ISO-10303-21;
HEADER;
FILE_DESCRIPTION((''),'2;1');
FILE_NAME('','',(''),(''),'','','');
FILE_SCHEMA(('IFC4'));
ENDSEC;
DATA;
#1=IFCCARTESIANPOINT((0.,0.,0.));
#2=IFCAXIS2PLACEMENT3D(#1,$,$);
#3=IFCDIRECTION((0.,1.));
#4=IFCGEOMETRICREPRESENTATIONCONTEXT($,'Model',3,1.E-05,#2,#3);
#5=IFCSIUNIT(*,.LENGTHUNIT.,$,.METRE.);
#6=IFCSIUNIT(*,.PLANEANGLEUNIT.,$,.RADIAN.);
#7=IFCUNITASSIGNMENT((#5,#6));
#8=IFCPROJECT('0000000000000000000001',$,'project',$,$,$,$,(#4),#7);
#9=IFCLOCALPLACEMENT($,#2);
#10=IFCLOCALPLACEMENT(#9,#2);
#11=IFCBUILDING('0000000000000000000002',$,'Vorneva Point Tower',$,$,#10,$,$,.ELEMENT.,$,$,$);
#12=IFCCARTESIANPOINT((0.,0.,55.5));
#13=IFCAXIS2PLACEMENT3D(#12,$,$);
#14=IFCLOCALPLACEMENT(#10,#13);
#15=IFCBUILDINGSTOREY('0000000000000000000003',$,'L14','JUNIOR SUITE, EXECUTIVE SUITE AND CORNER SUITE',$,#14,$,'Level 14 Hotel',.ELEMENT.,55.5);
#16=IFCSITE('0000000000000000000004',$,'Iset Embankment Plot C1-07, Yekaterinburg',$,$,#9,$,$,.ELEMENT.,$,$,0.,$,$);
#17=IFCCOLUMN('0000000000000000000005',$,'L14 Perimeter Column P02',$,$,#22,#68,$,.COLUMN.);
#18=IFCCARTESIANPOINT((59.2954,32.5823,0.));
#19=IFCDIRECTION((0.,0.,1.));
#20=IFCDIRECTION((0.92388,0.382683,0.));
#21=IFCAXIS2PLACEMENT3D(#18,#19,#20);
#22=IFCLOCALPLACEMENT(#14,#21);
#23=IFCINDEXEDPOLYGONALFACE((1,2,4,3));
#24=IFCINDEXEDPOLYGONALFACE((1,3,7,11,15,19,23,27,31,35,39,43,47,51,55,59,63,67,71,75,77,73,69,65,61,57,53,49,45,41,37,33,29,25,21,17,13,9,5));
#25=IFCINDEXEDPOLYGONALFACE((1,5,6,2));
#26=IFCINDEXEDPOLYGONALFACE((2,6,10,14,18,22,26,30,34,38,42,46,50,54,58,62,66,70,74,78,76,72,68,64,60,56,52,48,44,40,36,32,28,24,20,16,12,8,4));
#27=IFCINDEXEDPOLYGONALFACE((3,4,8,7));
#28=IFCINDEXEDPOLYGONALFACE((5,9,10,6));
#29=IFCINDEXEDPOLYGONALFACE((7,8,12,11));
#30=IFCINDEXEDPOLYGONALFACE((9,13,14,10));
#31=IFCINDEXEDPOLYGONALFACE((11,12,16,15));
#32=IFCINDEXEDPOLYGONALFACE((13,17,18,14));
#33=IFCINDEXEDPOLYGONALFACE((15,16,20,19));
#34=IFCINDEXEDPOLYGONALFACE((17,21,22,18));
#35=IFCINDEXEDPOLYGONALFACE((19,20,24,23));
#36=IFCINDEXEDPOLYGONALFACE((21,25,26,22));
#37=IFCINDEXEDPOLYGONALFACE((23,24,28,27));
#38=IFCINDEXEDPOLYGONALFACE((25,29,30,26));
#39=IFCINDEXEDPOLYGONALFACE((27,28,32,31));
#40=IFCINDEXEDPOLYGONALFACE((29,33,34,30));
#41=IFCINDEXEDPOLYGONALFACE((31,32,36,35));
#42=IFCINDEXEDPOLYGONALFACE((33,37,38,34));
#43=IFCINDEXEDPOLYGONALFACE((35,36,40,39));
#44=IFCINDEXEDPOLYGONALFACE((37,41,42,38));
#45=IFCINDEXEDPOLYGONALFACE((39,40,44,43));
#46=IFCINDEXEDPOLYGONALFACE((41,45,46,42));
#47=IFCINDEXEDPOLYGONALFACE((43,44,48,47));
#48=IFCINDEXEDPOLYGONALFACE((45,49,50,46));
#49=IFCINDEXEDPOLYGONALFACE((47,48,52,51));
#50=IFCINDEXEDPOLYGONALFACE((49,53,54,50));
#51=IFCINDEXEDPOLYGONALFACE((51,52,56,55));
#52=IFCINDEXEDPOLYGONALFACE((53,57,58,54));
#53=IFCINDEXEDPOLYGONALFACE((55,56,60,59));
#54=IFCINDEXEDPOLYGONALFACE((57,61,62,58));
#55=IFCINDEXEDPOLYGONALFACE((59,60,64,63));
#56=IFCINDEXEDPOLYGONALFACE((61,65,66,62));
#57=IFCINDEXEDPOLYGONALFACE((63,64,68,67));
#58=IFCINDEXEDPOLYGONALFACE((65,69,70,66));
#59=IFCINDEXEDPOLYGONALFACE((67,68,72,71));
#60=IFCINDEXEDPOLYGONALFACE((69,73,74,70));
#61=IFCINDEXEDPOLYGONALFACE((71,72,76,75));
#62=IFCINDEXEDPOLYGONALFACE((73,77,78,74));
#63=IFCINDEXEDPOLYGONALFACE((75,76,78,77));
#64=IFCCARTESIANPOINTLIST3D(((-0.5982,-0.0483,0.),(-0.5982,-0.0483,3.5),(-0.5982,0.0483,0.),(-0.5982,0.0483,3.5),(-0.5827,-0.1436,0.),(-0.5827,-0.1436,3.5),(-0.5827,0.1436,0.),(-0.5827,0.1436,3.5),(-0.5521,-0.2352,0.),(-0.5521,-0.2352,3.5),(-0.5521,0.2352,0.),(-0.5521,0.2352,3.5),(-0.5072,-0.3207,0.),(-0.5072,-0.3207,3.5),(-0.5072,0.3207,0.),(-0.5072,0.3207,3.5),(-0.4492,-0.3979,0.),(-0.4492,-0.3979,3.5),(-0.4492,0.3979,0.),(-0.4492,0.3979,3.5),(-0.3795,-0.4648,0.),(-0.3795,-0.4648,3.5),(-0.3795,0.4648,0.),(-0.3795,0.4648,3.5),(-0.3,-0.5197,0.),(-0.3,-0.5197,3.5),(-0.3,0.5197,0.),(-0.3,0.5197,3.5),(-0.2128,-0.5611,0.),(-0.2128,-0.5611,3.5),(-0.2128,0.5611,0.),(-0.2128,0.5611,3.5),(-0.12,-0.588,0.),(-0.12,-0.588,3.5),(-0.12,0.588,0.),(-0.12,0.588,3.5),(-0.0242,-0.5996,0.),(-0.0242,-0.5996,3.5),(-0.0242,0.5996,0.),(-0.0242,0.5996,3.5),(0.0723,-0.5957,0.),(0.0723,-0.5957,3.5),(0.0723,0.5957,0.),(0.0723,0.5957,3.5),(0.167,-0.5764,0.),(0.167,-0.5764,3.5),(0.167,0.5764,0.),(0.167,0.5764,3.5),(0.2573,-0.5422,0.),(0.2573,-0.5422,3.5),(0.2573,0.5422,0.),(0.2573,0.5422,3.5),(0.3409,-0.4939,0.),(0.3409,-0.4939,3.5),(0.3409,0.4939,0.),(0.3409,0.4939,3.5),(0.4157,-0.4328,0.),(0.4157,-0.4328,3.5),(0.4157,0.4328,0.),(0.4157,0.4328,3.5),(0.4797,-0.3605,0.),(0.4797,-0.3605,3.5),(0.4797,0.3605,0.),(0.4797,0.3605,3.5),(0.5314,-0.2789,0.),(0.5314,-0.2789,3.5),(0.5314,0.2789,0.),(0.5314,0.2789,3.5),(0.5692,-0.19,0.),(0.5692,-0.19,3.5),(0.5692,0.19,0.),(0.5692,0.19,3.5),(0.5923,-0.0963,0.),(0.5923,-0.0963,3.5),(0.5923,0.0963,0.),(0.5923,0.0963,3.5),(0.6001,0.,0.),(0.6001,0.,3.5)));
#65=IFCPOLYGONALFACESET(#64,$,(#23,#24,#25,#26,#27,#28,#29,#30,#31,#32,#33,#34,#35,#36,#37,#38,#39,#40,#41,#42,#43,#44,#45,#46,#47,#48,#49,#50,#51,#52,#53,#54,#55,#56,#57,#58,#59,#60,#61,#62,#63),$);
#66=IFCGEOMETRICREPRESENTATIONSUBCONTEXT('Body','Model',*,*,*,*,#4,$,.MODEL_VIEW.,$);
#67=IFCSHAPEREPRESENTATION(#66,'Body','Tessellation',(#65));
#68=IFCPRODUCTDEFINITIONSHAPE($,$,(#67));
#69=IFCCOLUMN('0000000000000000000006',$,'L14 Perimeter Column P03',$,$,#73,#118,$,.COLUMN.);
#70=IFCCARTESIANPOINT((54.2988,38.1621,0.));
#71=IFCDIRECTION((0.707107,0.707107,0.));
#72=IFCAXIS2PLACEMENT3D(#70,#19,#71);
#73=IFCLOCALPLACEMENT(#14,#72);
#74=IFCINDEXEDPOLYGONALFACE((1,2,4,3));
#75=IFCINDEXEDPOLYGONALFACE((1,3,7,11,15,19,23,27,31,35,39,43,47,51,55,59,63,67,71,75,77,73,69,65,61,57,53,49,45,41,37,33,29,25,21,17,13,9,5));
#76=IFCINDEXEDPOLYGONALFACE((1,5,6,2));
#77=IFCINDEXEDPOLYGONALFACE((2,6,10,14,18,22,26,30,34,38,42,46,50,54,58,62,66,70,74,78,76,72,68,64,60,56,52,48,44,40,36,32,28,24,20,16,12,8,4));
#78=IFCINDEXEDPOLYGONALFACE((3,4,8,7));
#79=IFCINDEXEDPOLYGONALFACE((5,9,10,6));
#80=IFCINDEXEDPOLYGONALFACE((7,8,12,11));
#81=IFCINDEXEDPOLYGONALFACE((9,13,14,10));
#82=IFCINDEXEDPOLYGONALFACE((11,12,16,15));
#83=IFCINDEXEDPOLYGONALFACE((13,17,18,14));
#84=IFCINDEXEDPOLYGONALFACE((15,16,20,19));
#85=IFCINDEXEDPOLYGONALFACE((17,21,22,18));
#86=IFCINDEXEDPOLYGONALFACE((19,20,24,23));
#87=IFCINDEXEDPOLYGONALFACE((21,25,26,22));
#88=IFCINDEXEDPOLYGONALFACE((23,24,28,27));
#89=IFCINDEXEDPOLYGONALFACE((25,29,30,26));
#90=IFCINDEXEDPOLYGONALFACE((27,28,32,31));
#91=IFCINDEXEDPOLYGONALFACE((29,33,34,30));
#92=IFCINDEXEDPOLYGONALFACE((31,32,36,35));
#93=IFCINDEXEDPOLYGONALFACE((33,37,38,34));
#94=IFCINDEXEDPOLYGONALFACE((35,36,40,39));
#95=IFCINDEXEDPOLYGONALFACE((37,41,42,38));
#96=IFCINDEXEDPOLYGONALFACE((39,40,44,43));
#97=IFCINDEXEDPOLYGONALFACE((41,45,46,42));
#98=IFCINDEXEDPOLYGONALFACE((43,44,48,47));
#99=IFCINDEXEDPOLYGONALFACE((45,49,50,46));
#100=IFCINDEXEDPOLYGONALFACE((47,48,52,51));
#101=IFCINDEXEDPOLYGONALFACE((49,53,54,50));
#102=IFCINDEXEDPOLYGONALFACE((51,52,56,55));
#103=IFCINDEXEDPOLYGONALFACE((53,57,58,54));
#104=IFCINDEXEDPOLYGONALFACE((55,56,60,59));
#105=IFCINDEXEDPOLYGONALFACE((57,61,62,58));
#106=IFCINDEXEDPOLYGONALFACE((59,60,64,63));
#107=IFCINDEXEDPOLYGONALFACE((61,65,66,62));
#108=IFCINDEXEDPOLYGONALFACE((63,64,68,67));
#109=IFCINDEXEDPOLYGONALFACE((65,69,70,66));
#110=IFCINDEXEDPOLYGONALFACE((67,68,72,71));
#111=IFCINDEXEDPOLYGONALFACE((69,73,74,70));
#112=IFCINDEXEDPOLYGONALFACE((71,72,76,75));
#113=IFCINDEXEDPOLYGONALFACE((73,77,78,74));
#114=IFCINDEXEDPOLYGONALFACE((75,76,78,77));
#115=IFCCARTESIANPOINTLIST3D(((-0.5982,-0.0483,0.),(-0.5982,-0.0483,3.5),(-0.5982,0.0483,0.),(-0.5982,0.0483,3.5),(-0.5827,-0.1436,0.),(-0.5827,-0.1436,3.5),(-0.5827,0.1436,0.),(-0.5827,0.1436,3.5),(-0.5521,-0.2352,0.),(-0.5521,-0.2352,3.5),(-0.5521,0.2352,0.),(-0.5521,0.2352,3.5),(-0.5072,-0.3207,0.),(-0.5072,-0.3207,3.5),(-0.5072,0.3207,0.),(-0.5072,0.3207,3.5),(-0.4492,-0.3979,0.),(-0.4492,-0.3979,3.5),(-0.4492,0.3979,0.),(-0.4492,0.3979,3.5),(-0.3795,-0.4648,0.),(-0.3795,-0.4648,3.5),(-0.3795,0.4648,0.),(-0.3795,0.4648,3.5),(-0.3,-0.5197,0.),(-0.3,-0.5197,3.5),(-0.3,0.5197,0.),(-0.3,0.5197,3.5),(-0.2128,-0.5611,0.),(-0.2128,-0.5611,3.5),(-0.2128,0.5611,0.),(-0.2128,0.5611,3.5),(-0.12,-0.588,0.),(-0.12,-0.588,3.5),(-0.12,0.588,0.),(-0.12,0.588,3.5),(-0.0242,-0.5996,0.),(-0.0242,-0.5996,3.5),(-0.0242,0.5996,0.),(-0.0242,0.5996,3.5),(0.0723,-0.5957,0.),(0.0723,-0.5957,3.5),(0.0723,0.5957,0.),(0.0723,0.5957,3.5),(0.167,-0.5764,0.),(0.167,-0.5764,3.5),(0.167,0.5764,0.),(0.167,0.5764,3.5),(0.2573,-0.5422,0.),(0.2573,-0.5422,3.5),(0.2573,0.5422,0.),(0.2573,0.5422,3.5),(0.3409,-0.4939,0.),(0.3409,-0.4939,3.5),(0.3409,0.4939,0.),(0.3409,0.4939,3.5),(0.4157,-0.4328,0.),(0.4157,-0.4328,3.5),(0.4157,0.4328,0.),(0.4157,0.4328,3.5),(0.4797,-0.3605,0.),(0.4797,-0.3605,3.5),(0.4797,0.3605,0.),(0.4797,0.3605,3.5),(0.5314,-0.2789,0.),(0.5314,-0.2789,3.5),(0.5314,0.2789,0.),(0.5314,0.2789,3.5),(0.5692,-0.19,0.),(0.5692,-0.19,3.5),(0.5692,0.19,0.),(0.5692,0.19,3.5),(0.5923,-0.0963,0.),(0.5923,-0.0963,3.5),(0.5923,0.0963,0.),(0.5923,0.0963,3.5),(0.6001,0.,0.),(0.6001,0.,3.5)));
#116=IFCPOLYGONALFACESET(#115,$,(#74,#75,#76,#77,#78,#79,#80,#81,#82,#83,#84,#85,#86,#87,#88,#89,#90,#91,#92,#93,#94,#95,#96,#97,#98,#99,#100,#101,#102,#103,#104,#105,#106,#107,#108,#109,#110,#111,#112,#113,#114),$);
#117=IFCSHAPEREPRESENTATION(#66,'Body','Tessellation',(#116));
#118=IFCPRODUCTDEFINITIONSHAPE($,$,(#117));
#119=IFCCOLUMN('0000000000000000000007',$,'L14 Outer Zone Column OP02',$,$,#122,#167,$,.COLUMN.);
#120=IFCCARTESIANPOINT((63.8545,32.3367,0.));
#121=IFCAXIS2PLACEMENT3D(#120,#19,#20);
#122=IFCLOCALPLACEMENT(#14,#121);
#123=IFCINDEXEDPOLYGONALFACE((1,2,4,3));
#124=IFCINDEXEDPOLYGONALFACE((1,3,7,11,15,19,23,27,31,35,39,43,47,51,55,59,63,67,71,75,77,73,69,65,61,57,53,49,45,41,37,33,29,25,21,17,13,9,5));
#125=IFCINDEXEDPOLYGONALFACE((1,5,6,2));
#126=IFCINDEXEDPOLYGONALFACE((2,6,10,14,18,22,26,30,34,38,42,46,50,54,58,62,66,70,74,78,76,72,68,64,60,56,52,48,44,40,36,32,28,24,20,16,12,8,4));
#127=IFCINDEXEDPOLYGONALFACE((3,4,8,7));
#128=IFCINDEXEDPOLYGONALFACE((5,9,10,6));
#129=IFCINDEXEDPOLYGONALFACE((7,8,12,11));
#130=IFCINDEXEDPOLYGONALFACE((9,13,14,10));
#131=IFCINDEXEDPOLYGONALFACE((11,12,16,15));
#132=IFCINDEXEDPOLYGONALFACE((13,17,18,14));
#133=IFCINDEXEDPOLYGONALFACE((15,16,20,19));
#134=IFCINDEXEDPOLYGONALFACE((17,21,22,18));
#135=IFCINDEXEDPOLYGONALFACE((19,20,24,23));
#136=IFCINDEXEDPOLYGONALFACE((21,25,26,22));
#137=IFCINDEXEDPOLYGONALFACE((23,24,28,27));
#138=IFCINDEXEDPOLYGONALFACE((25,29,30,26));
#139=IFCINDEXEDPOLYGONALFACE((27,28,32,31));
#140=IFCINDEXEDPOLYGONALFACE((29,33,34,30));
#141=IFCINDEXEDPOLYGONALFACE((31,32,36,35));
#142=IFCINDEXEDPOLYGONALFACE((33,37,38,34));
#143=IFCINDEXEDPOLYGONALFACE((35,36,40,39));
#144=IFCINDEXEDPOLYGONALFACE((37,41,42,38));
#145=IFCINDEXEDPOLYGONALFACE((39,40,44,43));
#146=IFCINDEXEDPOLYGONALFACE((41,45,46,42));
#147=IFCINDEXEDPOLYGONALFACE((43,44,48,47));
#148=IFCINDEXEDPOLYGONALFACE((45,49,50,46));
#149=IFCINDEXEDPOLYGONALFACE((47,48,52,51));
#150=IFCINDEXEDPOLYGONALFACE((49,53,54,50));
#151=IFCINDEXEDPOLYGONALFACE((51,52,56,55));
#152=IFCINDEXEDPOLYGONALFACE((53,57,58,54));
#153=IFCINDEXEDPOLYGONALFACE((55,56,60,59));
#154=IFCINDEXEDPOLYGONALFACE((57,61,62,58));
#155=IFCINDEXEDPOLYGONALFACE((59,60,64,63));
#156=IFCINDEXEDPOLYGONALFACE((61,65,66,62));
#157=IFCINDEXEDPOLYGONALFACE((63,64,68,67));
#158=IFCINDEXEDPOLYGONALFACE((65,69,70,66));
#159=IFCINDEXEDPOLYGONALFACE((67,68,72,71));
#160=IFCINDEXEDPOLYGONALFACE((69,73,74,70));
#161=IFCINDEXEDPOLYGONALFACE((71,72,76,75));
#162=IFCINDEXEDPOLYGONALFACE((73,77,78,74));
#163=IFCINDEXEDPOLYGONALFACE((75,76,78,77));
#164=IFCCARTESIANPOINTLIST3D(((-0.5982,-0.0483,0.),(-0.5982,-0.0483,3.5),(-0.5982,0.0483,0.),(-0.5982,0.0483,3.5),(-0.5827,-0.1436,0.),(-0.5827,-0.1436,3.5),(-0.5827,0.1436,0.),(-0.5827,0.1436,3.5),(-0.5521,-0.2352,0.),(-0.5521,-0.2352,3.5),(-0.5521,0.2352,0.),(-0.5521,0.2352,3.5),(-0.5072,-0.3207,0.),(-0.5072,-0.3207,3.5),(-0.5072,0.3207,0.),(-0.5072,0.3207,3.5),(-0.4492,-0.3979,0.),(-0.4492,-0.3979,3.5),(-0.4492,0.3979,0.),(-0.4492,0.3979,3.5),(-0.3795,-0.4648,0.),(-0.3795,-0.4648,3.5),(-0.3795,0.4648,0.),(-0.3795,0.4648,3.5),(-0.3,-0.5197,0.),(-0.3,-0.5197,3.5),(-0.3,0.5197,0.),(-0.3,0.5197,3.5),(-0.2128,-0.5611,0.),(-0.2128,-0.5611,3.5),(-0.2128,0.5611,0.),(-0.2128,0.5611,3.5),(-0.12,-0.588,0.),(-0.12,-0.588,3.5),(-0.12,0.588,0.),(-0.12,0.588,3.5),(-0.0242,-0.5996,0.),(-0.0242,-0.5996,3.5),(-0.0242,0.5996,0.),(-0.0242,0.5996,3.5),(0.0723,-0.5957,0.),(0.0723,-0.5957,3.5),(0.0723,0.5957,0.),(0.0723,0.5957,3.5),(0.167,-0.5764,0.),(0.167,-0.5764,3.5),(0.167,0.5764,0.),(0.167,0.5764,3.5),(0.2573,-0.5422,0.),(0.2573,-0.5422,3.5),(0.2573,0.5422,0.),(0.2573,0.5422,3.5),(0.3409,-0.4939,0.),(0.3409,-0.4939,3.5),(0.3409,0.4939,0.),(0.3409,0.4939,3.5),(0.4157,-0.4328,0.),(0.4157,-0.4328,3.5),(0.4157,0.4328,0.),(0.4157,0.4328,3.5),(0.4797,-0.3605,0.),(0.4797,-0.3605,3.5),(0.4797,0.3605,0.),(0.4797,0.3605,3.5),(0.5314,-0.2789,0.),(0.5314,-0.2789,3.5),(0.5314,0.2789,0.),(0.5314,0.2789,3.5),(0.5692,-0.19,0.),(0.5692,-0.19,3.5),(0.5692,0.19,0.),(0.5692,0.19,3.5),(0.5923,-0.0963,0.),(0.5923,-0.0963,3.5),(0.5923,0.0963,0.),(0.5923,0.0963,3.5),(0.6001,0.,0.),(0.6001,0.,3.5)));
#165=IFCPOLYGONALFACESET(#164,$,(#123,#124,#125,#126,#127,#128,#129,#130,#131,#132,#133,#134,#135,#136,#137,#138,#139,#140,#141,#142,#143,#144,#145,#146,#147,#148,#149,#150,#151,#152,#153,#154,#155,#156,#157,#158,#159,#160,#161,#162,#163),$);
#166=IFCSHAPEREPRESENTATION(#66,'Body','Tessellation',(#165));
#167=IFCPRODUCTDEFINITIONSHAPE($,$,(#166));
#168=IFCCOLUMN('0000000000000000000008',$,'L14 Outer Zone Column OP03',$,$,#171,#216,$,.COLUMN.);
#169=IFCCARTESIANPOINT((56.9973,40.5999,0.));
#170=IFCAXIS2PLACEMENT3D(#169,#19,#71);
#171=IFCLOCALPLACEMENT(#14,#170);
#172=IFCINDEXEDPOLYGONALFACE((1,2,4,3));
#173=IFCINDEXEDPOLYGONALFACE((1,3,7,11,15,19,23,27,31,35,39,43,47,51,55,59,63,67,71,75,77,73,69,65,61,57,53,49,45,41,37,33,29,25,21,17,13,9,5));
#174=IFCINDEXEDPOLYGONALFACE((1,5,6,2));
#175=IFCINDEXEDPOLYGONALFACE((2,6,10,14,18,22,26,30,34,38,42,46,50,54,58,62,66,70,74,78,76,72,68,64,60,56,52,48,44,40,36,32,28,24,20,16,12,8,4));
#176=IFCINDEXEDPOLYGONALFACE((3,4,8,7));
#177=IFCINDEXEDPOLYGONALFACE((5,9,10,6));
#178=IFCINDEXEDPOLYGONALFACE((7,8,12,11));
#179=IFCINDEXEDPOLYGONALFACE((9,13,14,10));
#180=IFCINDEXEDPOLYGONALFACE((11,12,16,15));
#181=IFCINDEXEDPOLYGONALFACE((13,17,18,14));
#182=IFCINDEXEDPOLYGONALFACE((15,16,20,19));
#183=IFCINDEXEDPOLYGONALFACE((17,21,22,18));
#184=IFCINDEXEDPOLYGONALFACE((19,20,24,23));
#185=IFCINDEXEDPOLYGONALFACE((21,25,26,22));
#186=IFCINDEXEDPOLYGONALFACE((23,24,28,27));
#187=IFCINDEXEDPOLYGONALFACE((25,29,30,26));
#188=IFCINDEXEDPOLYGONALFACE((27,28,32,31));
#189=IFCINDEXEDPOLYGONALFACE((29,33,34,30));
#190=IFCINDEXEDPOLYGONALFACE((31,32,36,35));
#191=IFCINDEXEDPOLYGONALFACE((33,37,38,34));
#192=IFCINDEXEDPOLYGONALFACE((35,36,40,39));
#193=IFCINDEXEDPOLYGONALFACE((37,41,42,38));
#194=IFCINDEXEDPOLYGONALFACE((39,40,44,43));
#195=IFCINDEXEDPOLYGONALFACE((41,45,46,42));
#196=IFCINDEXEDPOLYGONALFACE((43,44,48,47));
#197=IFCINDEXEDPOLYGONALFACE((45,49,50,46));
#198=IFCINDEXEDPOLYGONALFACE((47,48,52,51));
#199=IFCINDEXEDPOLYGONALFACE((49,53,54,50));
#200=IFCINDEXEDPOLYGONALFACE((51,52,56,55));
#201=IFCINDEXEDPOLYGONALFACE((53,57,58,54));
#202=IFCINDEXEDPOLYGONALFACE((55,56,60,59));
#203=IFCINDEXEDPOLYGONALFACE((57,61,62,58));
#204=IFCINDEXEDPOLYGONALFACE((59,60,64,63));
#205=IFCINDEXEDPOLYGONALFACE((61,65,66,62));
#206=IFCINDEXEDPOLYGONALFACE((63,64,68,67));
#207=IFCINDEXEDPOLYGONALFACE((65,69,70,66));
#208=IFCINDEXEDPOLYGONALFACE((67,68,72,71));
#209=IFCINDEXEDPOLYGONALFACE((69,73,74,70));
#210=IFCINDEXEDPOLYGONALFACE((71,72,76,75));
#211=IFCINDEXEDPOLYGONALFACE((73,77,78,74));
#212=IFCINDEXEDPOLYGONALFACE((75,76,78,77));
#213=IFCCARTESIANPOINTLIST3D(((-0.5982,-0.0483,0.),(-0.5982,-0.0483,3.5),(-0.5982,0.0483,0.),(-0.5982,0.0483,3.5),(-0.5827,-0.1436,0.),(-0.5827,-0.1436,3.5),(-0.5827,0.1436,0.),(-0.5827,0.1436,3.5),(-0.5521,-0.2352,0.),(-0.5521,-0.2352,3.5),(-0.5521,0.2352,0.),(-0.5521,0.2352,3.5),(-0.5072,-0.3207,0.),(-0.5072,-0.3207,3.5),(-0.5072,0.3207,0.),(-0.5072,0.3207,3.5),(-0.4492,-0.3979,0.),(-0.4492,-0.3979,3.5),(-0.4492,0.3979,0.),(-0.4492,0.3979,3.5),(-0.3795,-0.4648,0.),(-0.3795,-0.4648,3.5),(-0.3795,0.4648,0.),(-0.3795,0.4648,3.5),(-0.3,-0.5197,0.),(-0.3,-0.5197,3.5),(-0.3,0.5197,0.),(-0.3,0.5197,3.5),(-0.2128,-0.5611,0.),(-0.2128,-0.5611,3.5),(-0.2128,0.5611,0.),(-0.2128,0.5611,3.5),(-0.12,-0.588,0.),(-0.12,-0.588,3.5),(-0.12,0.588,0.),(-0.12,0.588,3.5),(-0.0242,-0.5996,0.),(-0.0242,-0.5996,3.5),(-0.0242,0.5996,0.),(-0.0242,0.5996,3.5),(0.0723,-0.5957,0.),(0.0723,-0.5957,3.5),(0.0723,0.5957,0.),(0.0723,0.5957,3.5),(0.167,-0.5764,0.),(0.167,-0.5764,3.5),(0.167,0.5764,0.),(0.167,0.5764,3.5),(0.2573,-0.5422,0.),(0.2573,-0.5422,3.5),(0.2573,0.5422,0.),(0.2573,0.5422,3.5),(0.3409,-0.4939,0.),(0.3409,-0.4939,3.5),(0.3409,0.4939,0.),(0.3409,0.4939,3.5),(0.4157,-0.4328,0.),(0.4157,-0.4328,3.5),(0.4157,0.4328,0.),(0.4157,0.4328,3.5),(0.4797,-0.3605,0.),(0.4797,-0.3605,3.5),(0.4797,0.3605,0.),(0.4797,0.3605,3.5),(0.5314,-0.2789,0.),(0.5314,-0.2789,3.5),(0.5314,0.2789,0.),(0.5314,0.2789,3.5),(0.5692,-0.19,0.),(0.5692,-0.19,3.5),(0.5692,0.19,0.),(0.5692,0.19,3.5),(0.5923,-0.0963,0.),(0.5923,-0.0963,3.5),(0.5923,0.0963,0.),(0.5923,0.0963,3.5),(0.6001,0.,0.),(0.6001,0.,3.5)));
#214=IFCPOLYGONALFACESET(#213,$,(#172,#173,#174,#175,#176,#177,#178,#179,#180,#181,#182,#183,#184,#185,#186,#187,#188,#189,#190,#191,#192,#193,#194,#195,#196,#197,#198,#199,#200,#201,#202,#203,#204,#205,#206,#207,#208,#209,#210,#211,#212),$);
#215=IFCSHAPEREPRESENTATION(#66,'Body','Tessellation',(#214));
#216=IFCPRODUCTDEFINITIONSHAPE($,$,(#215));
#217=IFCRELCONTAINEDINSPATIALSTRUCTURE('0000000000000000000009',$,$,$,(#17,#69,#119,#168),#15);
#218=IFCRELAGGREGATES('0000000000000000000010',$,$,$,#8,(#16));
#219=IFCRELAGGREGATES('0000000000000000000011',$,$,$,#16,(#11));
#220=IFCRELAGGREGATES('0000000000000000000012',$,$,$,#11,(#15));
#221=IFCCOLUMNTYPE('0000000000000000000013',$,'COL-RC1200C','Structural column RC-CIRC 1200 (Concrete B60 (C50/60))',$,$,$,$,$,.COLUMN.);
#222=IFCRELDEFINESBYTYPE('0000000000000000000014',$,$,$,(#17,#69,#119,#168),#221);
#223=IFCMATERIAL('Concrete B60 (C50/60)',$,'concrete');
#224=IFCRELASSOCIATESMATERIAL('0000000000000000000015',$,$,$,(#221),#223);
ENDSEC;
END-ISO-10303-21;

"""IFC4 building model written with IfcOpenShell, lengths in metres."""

from ifc_helpers import new_model, si_unit, direction, frame, origin, origin_2d, place, context, subcontext, project, spatial, circle, extrude, material, material_profile, profile_set, type_object, element, save


model = new_model("IFC4")

# Units and contexts
model_context = context("Model", 3, precision=1e-05, world=origin(), true_north=direction((0.0, 1.0)))
body_context = subcontext(model_context, "Body", "Model", "MODEL_VIEW")
ifc_project = project(units=[si_unit("LENGTHUNIT", "METRE"), si_unit("PLANEANGLEUNIT", "RADIAN")], contexts=[model_context])

# Site, building, storey
site_placement = place(None, origin())
site = spatial("IfcSite", under=ifc_project, at=site_placement, Name="Iset Embankment Plot C1-07, Yekaterinburg", CompositionType="ELEMENT", RefElevation=0.0)
building_placement = place(site_placement, origin())
building = spatial("IfcBuilding", under=site, at=building_placement, Name="Vorneva Point Tower", CompositionType="ELEMENT")
storey_placement = place(building_placement, frame((0.0, 0.0, 55.5)))
storey = spatial("IfcBuildingStorey", under=building, at=storey_placement, Name="L14", Description="JUNIOR SUITE, EXECUTIVE SUITE AND CORNER SUITE", LongName="Level 14 Hotel", CompositionType="ELEMENT", Elevation=55.5)

# Columns
ifc_material_1 = material(Name="Concrete B60 (C50/60)", Category="concrete")
ifc_material_profile_1 = material_profile(ifc_material_1, circle(Radius=0.6001, at=origin_2d()), Name="RC-CIRC 1200")
ifc_profile_set_1 = profile_set([ifc_material_profile_1], Name="Concrete B60 (C50/60)")
column_type = type_object("IfcColumnType", Name="COL-RC1200C", Description="Structural column RC-CIRC 1200 (Concrete B60 (C50/60))", PredefinedType="COLUMN", material=ifc_profile_set_1)
for number, where, z_axis, x_axis, name in (
    (1, (59.2954, 32.5823, 0.0), (0.0, 0.0, 1.0), (0.92388, 0.382683, 0.0), "L14 Perimeter Column P02"),
    (2, (54.2988, 38.1621, 0.0), (0.0, 0.0, 1.0), (0.707107, 0.707107, 0.0), "L14 Perimeter Column P03"),
    (3, (63.8545, 32.3367, 0.0), (0.0, 0.0, 1.0), (0.92388, 0.382683, 0.0), "L14 Outer Zone Column OP02"),
    (4, (56.9973, 40.5999, 0.0), (0.0, 0.0, 1.0), (0.707107, 0.707107, 0.0), "L14 Outer Zone Column OP03"),
):
    element("IfcColumn", number, at=place(storey_placement, frame(where, z_axis=z_axis, x_axis=x_axis)), inside=storey, type_object=column_type, Name=name, PredefinedType="COLUMN", context=body_context, shape_type="SweptSolid", body=[
        extrude(circle(Radius=0.6001, at=origin_2d()), origin(), (0.0, 0.0, 1.0), 3.5),
    ])

save(model, "model.ifc")
